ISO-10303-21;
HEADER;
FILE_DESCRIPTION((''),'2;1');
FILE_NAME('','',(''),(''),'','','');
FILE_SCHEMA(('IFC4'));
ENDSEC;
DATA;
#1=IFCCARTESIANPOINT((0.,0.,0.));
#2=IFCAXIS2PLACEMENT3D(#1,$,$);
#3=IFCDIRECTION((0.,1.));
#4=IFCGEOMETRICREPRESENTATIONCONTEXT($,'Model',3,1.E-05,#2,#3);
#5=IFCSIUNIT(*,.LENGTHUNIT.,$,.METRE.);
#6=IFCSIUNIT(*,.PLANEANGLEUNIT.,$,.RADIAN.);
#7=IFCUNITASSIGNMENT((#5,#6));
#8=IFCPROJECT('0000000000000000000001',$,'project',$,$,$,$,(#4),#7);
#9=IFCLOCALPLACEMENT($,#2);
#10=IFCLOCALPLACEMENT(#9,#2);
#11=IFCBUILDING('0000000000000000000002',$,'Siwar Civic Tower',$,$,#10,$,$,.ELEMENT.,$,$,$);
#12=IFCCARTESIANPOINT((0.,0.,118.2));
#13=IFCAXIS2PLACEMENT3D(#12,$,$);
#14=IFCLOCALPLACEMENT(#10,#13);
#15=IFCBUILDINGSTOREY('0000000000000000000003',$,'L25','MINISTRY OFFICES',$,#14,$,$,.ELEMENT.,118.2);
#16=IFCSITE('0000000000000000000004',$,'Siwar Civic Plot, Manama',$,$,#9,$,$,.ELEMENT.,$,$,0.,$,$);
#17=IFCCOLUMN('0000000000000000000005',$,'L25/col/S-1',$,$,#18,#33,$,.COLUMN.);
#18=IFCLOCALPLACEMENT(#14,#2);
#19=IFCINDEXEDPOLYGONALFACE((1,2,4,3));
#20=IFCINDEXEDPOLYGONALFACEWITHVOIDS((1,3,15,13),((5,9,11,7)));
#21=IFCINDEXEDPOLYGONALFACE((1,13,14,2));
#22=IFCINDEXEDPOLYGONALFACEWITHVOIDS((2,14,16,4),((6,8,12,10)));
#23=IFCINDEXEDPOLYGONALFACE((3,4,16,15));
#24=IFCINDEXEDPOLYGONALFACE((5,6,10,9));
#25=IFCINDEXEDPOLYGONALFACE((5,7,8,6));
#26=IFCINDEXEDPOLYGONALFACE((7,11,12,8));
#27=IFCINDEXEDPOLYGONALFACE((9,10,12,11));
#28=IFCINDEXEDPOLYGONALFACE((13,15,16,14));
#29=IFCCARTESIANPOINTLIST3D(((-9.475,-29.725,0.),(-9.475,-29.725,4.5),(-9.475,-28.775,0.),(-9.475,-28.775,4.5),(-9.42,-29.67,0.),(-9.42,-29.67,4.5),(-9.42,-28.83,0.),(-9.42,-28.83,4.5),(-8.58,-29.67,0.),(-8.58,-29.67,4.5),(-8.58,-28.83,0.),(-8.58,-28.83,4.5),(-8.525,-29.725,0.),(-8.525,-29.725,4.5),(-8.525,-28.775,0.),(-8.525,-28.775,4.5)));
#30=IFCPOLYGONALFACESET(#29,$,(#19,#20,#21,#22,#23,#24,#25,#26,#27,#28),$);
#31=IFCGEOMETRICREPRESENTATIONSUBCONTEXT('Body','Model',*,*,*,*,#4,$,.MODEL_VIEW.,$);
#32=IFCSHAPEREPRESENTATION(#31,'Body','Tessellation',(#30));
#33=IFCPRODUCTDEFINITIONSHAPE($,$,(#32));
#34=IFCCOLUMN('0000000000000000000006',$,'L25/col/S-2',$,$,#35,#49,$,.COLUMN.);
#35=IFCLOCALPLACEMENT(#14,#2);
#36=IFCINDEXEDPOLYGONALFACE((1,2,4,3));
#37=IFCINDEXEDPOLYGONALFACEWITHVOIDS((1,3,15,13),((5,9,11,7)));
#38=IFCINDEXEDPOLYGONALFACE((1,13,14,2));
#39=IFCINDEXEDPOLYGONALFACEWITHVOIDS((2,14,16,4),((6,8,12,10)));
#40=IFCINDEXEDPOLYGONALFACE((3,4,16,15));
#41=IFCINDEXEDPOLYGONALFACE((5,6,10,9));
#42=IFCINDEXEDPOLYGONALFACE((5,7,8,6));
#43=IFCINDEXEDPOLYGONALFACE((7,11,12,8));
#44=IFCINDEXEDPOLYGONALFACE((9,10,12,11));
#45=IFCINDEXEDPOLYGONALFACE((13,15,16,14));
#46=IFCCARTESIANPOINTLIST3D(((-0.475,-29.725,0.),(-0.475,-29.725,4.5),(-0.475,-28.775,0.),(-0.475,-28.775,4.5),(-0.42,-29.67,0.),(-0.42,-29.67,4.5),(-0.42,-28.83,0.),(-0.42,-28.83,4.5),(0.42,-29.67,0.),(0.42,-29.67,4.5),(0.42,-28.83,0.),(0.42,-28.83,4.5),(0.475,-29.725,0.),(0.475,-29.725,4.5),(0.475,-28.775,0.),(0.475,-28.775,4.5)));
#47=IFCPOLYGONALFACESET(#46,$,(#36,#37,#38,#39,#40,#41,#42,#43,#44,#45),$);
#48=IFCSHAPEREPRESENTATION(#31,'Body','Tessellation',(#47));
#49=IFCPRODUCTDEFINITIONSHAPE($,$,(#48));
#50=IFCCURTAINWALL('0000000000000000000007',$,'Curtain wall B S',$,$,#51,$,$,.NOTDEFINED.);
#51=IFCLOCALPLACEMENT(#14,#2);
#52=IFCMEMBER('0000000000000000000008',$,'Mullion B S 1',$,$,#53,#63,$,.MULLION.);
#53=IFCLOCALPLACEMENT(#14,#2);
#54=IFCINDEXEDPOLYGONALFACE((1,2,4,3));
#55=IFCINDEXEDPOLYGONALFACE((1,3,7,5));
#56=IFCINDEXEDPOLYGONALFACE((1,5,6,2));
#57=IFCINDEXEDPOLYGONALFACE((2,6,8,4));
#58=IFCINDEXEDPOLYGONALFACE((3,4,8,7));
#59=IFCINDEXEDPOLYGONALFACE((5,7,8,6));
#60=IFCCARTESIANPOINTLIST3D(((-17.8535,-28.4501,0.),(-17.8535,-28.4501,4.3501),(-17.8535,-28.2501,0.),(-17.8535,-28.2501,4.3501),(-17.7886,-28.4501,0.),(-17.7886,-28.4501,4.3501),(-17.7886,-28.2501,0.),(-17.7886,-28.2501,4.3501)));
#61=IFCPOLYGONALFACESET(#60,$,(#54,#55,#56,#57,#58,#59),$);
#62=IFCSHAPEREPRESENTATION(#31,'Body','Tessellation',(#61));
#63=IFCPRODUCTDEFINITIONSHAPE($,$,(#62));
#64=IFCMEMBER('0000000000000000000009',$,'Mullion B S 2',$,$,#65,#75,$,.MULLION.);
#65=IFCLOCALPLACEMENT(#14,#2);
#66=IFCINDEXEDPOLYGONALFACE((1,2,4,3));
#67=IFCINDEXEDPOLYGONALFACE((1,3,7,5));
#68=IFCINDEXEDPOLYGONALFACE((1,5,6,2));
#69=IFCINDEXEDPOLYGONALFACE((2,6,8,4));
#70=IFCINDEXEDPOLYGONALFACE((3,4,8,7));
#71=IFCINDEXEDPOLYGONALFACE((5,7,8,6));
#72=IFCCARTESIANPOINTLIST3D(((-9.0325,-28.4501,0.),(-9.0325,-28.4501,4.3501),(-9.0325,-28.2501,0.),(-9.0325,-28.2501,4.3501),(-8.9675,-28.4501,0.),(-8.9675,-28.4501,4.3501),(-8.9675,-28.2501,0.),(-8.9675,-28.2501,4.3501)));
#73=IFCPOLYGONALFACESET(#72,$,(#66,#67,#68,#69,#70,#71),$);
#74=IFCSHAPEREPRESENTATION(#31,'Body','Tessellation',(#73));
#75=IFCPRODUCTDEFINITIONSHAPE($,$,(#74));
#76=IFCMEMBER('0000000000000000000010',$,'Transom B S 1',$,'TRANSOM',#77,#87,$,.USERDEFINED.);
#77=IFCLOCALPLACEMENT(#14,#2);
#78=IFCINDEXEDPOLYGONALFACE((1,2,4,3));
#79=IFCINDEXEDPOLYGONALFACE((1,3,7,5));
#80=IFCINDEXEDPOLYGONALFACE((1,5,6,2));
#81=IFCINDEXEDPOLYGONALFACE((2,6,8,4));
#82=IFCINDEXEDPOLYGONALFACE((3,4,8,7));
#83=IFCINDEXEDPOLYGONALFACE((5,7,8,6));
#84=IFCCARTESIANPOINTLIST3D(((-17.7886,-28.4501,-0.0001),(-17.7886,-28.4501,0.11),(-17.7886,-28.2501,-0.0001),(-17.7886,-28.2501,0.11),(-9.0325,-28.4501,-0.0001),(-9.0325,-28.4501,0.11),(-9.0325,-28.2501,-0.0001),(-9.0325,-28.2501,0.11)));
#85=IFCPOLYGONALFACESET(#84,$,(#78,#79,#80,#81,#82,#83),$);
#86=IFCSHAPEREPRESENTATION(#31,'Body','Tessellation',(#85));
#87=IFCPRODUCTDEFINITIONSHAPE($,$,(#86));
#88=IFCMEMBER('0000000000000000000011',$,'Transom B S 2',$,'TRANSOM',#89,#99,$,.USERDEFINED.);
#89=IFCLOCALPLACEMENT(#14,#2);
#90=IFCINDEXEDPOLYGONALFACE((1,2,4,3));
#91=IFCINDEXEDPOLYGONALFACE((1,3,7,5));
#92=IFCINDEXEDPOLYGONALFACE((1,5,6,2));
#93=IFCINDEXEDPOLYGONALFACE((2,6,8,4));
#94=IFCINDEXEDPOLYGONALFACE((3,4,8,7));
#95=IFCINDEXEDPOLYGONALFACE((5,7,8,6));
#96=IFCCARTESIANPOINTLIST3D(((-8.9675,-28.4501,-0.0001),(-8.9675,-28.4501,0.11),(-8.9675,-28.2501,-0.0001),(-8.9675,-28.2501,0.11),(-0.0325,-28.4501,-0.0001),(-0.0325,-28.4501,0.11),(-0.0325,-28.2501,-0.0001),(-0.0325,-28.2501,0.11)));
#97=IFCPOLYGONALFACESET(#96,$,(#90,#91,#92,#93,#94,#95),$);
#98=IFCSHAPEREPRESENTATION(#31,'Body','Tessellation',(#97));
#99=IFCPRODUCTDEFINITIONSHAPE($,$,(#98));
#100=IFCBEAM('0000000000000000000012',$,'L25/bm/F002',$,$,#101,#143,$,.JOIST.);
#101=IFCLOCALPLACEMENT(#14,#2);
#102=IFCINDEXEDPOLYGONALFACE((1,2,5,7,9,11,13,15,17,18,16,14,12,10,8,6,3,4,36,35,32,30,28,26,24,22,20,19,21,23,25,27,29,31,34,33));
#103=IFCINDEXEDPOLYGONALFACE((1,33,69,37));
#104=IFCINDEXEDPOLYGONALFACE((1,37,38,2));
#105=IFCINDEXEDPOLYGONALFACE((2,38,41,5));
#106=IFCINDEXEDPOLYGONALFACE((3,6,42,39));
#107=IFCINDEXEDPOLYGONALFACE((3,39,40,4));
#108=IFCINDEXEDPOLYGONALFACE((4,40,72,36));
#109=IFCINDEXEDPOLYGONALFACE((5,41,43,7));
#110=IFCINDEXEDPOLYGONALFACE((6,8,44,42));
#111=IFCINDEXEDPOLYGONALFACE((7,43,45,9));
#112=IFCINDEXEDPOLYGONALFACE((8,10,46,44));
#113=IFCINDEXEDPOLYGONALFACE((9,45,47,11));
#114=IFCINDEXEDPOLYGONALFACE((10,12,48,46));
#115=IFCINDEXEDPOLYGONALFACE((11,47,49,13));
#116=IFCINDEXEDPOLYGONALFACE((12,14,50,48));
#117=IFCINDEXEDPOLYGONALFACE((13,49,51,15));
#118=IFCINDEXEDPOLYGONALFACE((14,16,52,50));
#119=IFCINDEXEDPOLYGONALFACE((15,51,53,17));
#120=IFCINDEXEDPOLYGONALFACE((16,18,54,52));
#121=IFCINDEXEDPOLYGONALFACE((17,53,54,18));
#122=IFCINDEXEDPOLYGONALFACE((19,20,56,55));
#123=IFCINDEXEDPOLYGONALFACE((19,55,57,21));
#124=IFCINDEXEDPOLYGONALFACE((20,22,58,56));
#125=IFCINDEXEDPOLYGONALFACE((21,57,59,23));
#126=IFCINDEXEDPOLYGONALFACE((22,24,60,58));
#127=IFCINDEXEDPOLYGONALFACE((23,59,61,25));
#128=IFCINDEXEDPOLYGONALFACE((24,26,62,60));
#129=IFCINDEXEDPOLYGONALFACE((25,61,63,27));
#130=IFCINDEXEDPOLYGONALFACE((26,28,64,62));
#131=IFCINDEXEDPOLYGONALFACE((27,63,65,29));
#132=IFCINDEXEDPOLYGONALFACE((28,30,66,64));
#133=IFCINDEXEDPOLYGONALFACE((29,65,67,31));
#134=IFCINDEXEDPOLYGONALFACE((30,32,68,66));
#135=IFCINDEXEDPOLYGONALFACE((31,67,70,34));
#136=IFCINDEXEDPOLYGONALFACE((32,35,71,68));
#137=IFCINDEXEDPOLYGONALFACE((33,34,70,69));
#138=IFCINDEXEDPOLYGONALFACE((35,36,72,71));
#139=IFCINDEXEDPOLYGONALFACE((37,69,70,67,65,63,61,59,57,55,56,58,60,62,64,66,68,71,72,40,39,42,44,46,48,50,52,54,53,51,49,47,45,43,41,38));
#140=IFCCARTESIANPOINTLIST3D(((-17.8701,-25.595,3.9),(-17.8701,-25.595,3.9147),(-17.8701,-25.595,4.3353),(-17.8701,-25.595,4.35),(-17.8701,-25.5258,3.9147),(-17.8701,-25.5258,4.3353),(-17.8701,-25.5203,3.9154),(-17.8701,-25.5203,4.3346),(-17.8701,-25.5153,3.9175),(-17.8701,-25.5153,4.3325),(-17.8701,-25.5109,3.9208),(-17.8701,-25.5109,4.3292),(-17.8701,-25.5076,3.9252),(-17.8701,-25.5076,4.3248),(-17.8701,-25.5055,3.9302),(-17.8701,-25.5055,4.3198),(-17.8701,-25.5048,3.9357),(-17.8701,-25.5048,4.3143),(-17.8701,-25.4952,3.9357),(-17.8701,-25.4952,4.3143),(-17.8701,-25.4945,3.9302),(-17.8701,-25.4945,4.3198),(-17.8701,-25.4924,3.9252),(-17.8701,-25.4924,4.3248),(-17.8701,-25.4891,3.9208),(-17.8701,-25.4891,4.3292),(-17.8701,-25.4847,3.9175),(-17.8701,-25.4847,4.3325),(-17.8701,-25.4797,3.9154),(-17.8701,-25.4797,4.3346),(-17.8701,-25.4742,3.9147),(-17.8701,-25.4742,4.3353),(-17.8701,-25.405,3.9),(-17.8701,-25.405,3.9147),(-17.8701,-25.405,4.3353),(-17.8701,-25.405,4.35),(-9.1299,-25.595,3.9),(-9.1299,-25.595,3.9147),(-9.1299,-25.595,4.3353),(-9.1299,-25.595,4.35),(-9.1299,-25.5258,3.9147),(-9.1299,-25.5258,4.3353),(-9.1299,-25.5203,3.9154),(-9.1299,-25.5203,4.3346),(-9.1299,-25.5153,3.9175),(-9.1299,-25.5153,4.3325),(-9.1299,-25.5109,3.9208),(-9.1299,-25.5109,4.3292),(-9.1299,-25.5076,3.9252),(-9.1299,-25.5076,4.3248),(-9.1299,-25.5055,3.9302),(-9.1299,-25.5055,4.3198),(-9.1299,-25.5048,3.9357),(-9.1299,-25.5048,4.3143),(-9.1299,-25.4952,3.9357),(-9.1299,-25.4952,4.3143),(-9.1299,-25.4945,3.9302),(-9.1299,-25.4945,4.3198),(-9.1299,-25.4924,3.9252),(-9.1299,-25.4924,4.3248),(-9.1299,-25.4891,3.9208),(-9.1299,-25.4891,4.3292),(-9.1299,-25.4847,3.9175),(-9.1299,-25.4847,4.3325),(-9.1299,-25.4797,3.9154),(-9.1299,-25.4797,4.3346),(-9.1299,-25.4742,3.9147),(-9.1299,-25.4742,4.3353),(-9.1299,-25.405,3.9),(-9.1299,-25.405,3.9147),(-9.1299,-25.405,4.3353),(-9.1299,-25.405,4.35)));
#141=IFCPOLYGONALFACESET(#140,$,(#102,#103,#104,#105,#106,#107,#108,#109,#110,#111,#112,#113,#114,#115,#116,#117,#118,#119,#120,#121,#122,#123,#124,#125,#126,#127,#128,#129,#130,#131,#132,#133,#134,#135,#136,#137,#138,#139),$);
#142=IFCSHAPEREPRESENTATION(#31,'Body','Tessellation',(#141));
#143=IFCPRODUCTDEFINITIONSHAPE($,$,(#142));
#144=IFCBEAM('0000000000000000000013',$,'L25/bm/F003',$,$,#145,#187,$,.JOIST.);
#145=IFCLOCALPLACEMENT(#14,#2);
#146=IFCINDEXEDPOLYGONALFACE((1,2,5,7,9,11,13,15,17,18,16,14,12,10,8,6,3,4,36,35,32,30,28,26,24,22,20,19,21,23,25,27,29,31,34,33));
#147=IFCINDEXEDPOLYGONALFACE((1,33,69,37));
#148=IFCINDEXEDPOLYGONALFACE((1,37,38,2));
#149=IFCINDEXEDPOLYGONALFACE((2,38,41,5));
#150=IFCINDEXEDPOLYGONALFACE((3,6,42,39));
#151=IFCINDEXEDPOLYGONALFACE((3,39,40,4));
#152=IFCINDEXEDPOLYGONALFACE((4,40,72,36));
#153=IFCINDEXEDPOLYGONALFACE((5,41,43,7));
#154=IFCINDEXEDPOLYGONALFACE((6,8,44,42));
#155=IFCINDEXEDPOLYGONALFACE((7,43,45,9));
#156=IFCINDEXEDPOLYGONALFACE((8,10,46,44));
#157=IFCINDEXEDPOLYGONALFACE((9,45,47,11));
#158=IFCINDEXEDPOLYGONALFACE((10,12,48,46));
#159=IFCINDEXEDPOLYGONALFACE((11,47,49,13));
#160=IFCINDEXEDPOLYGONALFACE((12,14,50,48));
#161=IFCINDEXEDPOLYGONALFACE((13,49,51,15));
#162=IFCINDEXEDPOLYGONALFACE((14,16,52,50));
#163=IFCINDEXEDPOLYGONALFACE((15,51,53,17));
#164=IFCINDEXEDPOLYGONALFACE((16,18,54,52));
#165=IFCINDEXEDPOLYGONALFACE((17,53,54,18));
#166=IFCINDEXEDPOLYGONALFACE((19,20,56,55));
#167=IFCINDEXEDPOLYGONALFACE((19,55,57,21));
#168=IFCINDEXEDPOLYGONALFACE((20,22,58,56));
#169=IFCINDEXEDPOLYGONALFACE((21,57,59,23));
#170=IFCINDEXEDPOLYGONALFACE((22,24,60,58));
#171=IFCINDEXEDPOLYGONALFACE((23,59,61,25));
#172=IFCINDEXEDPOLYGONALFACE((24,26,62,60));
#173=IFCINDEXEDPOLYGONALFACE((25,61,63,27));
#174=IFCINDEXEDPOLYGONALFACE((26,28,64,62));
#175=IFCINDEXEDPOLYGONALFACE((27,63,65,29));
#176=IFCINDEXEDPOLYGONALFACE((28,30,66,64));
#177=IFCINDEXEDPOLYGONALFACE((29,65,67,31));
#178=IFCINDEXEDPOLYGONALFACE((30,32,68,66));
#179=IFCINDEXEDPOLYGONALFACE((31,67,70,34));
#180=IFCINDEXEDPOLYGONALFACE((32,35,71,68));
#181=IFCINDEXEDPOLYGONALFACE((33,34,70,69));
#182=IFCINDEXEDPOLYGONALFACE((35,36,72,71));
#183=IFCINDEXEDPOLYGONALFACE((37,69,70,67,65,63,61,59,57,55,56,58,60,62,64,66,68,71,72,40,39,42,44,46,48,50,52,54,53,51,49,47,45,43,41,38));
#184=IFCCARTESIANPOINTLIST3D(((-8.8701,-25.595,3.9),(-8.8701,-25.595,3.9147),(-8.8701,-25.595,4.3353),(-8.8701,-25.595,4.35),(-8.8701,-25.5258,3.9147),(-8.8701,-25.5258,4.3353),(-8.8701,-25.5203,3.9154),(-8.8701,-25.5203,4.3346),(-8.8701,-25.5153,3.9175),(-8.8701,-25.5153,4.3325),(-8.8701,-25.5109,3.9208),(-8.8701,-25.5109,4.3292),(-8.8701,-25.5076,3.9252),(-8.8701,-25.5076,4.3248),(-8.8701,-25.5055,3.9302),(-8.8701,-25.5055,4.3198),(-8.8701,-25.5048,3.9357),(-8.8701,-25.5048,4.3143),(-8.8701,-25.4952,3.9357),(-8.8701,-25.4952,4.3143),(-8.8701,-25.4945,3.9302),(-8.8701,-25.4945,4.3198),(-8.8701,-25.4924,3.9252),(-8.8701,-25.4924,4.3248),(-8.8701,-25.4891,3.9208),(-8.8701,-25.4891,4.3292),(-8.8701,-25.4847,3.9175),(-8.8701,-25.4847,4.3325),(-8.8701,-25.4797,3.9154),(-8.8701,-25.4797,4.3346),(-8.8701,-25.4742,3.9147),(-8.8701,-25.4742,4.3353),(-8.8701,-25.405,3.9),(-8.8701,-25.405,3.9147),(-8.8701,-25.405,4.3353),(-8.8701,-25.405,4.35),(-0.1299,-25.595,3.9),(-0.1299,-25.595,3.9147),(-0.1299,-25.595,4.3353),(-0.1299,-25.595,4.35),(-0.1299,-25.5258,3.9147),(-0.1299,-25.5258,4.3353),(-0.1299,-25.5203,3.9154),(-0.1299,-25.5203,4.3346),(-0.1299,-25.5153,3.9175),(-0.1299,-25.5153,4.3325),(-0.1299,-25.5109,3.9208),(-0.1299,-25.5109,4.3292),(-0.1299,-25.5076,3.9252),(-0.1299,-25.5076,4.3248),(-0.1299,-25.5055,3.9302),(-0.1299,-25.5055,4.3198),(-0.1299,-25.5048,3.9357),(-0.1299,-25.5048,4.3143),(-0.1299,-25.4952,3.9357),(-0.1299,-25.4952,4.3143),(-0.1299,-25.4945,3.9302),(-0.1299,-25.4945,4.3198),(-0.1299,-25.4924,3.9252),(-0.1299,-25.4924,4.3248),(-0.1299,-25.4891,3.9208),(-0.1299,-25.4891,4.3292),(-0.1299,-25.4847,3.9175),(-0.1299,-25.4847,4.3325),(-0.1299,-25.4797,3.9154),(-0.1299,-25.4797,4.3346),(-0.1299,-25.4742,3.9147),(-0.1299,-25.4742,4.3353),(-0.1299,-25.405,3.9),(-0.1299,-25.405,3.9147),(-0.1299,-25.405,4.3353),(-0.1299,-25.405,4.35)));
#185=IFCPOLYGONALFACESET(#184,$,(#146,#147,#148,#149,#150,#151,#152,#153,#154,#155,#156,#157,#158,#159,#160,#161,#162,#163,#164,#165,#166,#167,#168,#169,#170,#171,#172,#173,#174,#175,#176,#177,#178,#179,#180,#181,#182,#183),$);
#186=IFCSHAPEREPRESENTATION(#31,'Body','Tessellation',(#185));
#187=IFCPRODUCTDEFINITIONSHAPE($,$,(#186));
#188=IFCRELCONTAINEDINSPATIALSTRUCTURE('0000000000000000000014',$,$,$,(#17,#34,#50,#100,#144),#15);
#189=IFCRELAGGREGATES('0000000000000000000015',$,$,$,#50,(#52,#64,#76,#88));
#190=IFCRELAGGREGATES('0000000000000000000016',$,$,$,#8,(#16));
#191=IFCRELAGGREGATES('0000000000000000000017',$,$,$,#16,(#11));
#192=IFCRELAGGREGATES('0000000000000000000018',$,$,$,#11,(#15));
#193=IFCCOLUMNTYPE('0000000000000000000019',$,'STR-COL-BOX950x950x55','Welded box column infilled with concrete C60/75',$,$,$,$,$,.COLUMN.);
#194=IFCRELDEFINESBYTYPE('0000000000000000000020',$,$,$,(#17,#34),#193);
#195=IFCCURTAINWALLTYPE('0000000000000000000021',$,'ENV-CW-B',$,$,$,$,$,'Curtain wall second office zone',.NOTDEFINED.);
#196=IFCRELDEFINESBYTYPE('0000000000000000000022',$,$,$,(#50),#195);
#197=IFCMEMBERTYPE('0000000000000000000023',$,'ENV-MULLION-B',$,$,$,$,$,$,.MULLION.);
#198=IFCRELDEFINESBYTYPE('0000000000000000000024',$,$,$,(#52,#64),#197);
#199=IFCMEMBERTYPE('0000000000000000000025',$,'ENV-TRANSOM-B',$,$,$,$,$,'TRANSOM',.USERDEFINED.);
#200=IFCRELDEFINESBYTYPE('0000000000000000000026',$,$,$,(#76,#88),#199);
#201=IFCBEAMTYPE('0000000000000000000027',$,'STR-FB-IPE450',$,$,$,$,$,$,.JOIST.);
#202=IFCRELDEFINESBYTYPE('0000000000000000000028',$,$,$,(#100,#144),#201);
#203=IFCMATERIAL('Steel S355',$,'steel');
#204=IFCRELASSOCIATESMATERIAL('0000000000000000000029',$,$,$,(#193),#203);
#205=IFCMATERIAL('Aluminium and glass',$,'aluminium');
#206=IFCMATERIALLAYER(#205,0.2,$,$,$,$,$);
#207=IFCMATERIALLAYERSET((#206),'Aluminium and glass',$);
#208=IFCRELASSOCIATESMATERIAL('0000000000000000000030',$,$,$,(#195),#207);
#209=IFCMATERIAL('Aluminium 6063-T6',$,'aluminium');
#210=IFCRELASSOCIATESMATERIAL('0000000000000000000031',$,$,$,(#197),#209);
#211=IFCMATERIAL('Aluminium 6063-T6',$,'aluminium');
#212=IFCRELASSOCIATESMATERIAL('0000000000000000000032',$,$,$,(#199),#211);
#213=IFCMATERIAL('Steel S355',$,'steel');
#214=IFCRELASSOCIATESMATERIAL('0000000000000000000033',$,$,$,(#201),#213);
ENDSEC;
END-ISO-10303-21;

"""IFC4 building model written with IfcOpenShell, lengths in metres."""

from ifc_helpers import new_model, si_unit, direction, frame, origin, origin_2d, place, context, subcontext, project, spatial, rectangle, hollow_rectangle, i_section, extrude, material, layer, layer_set, material_profile, profile_set, type_object, element, aggregate, save


model = new_model("IFC4")

# Units and contexts
model_context = context("Model", 3, precision=1e-05, world=origin(), true_north=direction((0.0, 1.0)))
body_context = subcontext(model_context, "Body", "Model", "MODEL_VIEW")
ifc_project = project(units=[si_unit("LENGTHUNIT", "METRE"), si_unit("PLANEANGLEUNIT", "RADIAN")], contexts=[model_context])

# Site, building, storey
site_placement = place(None, origin())
site = spatial("IfcSite", under=ifc_project, at=site_placement, Name="Siwar Civic Plot, Manama", CompositionType="ELEMENT", RefElevation=0.0)
building_placement = place(site_placement, origin())
building = spatial("IfcBuilding", under=site, at=building_placement, Name="Siwar Civic Tower", CompositionType="ELEMENT")
storey_placement = place(building_placement, frame((0.0, 0.0, 118.2)))
storey = spatial("IfcBuildingStorey", under=building, at=storey_placement, Name="L25", Description="MINISTRY OFFICES", CompositionType="ELEMENT", Elevation=118.2)

# Columns
ifc_material_1 = material(Name="Steel S355", Category="steel")
ifc_material_profile_1 = material_profile(ifc_material_1, hollow_rectangle(XDim=0.95, YDim=0.95, WallThickness=0.0549, at=origin_2d()), Name="BOX950x950x55")
ifc_profile_set_1 = profile_set([ifc_material_profile_1], Name="Steel S355")
column_type = type_object("IfcColumnType", Name="STR-COL-BOX950x950x55", Description="Welded box column infilled with concrete C60/75", PredefinedType="COLUMN", material=ifc_profile_set_1)
for number, where, z_axis, x_axis, name in (
    (1, (-9.0, -29.25, 0.0), (0.0, 0.0, 1.0), (1.0, 0.0, 0.0), "L25/col/S-1"),
    (2, (0.0, -29.25, 0.0), (0.0, 0.0, 1.0), (1.0, 0.0, 0.0), "L25/col/S-2"),
):
    element("IfcColumn", number, at=place(storey_placement, frame(where, z_axis=z_axis, x_axis=x_axis)), inside=storey, type_object=column_type, Name=name, PredefinedType="COLUMN", context=body_context, shape_type="SweptSolid", body=[
        extrude(hollow_rectangle(XDim=0.95, YDim=0.95, WallThickness=0.0549, at=origin_2d()), origin(), (0.0, 0.0, 1.0), 4.5),
    ])

# Curtain wall, members
ifc_material_2 = material(Name="Aluminium and glass", Category="aluminium")
ifc_layer_1 = layer(ifc_material_2, 0.2)
ifc_layer_set_1 = layer_set([ifc_layer_1], Name="Aluminium and glass")
curtain_wall_type = type_object("IfcCurtainWallType", Name="ENV-CW-B", ElementType="Curtain wall second office zone", PredefinedType="NOTDEFINED", material=ifc_layer_set_1)
curtain_wall_placement = place(storey_placement, origin())
curtain_wall = element("IfcCurtainWall", 3, at=curtain_wall_placement, inside=storey, type_object=curtain_wall_type, Name="Curtain wall B S", PredefinedType="NOTDEFINED")
ifc_material_3 = material(Name="Aluminium 6063-T6", Category="aluminium")
ifc_material_profile_2 = material_profile(ifc_material_3, rectangle(XDim=0.2, YDim=0.0649, at=origin_2d()), Name="AL 200x65")
ifc_profile_set_2 = profile_set([ifc_material_profile_2], Name="Aluminium 6063-T6")
member_type_1 = type_object("IfcMemberType", Name="ENV-MULLION-B", PredefinedType="MULLION", material=ifc_profile_set_2)
member_1_placement = place(storey_placement, frame((-17.821, -28.3501, 0.0), z_axis=(0.0, 0.0, 1.0), x_axis=(0.0, 1.0, 0.0)))
member_1 = element("IfcMember", 4, at=member_1_placement, type_object=member_type_1, Name="Mullion B S 1", PredefinedType="MULLION", context=body_context, shape_type="SweptSolid", body=[
    extrude(rectangle(XDim=0.2, YDim=0.0649, at=origin_2d()), origin(), (0.0, 0.0, 1.0), 4.3501),
])
member_2_placement = place(storey_placement, frame((-9.0, -28.3501, 0.0), z_axis=(0.0, 0.0, 1.0), x_axis=(0.0, 1.0, 0.0)))
member_2 = element("IfcMember", 5, at=member_2_placement, type_object=member_type_1, Name="Mullion B S 2", PredefinedType="MULLION", context=body_context, shape_type="SweptSolid", body=[
    extrude(rectangle(XDim=0.2, YDim=0.0649, at=origin_2d()), origin(), (0.0, 0.0, 1.0), 4.3501),
])
ifc_material_4 = material(Name="Aluminium 6063-T6", Category="aluminium")
ifc_material_profile_3 = material_profile(ifc_material_4, rectangle(XDim=0.2, YDim=0.1101, at=origin_2d()), Name="AL 200x110")
ifc_profile_set_3 = profile_set([ifc_material_profile_3], Name="Aluminium 6063-T6")
member_type_2 = type_object("IfcMemberType", Name="ENV-TRANSOM-B", ElementType="TRANSOM", PredefinedType="USERDEFINED", material=ifc_profile_set_3)
member_3_placement = place(storey_placement, frame((-17.7886, -28.3501, 0.0549), z_axis=(1.0, 0.0, 0.0), x_axis=(0.0, 1.0, 0.0)))
member_3 = element("IfcMember", 6, at=member_3_placement, type_object=member_type_2, Name="Transom B S 1", ObjectType="TRANSOM", PredefinedType="USERDEFINED", context=body_context, shape_type="SweptSolid", body=[
    extrude(rectangle(XDim=0.2, YDim=0.1101, at=origin_2d()), origin(), (0.0, 0.0, 1.0), 8.7561),
])
member_4_placement = place(storey_placement, frame((-8.9675, -28.3501, 0.0549), z_axis=(1.0, 0.0, 0.0), x_axis=(0.0, 1.0, 0.0)))
member_4 = element("IfcMember", 7, at=member_4_placement, type_object=member_type_2, Name="Transom B S 2", ObjectType="TRANSOM", PredefinedType="USERDEFINED", context=body_context, shape_type="SweptSolid", body=[
    extrude(rectangle(XDim=0.2, YDim=0.1101, at=origin_2d()), origin(), (0.0, 0.0, 1.0), 8.9351),
])

# Beams
ifc_material_5 = material(Name="Steel S355", Category="steel")
ifc_material_profile_4 = material_profile(ifc_material_5, i_section(OverallWidth=0.1899, OverallDepth=0.45, WebThickness=0.0095, FlangeThickness=0.0146, FilletRadius=0.021, at=origin_2d()), Name="IPE450")
ifc_profile_set_4 = profile_set([ifc_material_profile_4], Name="Steel S355")
beam_type_1 = type_object("IfcBeamType", Name="STR-FB-IPE450", PredefinedType="JOIST", material=ifc_profile_set_4)
for number, where, z_axis, x_axis, name in (
    (8, (-17.8701, -25.5, 4.125), (1.0, 0.0, 0.0), (0.0, 1.0, 0.0), "L25/bm/F002"),
    (9, (-8.8701, -25.5, 4.125), (1.0, 0.0, 0.0), (0.0, 1.0, 0.0), "L25/bm/F003"),
):
    element("IfcBeam", number, at=place(storey_placement, frame(where, z_axis=z_axis, x_axis=x_axis)), inside=storey, type_object=beam_type_1, Name=name, PredefinedType="JOIST", context=body_context, shape_type="SweptSolid", body=[
        extrude(i_section(OverallWidth=0.1899, OverallDepth=0.45, WebThickness=0.0095, FlangeThickness=0.0146, FilletRadius=0.021, at=origin_2d()), origin(), (0.0, 0.0, 1.0), 8.7402),
    ])

aggregate(curtain_wall, [member_1, member_2, member_3, member_4])

save(model, "model.ifc")
